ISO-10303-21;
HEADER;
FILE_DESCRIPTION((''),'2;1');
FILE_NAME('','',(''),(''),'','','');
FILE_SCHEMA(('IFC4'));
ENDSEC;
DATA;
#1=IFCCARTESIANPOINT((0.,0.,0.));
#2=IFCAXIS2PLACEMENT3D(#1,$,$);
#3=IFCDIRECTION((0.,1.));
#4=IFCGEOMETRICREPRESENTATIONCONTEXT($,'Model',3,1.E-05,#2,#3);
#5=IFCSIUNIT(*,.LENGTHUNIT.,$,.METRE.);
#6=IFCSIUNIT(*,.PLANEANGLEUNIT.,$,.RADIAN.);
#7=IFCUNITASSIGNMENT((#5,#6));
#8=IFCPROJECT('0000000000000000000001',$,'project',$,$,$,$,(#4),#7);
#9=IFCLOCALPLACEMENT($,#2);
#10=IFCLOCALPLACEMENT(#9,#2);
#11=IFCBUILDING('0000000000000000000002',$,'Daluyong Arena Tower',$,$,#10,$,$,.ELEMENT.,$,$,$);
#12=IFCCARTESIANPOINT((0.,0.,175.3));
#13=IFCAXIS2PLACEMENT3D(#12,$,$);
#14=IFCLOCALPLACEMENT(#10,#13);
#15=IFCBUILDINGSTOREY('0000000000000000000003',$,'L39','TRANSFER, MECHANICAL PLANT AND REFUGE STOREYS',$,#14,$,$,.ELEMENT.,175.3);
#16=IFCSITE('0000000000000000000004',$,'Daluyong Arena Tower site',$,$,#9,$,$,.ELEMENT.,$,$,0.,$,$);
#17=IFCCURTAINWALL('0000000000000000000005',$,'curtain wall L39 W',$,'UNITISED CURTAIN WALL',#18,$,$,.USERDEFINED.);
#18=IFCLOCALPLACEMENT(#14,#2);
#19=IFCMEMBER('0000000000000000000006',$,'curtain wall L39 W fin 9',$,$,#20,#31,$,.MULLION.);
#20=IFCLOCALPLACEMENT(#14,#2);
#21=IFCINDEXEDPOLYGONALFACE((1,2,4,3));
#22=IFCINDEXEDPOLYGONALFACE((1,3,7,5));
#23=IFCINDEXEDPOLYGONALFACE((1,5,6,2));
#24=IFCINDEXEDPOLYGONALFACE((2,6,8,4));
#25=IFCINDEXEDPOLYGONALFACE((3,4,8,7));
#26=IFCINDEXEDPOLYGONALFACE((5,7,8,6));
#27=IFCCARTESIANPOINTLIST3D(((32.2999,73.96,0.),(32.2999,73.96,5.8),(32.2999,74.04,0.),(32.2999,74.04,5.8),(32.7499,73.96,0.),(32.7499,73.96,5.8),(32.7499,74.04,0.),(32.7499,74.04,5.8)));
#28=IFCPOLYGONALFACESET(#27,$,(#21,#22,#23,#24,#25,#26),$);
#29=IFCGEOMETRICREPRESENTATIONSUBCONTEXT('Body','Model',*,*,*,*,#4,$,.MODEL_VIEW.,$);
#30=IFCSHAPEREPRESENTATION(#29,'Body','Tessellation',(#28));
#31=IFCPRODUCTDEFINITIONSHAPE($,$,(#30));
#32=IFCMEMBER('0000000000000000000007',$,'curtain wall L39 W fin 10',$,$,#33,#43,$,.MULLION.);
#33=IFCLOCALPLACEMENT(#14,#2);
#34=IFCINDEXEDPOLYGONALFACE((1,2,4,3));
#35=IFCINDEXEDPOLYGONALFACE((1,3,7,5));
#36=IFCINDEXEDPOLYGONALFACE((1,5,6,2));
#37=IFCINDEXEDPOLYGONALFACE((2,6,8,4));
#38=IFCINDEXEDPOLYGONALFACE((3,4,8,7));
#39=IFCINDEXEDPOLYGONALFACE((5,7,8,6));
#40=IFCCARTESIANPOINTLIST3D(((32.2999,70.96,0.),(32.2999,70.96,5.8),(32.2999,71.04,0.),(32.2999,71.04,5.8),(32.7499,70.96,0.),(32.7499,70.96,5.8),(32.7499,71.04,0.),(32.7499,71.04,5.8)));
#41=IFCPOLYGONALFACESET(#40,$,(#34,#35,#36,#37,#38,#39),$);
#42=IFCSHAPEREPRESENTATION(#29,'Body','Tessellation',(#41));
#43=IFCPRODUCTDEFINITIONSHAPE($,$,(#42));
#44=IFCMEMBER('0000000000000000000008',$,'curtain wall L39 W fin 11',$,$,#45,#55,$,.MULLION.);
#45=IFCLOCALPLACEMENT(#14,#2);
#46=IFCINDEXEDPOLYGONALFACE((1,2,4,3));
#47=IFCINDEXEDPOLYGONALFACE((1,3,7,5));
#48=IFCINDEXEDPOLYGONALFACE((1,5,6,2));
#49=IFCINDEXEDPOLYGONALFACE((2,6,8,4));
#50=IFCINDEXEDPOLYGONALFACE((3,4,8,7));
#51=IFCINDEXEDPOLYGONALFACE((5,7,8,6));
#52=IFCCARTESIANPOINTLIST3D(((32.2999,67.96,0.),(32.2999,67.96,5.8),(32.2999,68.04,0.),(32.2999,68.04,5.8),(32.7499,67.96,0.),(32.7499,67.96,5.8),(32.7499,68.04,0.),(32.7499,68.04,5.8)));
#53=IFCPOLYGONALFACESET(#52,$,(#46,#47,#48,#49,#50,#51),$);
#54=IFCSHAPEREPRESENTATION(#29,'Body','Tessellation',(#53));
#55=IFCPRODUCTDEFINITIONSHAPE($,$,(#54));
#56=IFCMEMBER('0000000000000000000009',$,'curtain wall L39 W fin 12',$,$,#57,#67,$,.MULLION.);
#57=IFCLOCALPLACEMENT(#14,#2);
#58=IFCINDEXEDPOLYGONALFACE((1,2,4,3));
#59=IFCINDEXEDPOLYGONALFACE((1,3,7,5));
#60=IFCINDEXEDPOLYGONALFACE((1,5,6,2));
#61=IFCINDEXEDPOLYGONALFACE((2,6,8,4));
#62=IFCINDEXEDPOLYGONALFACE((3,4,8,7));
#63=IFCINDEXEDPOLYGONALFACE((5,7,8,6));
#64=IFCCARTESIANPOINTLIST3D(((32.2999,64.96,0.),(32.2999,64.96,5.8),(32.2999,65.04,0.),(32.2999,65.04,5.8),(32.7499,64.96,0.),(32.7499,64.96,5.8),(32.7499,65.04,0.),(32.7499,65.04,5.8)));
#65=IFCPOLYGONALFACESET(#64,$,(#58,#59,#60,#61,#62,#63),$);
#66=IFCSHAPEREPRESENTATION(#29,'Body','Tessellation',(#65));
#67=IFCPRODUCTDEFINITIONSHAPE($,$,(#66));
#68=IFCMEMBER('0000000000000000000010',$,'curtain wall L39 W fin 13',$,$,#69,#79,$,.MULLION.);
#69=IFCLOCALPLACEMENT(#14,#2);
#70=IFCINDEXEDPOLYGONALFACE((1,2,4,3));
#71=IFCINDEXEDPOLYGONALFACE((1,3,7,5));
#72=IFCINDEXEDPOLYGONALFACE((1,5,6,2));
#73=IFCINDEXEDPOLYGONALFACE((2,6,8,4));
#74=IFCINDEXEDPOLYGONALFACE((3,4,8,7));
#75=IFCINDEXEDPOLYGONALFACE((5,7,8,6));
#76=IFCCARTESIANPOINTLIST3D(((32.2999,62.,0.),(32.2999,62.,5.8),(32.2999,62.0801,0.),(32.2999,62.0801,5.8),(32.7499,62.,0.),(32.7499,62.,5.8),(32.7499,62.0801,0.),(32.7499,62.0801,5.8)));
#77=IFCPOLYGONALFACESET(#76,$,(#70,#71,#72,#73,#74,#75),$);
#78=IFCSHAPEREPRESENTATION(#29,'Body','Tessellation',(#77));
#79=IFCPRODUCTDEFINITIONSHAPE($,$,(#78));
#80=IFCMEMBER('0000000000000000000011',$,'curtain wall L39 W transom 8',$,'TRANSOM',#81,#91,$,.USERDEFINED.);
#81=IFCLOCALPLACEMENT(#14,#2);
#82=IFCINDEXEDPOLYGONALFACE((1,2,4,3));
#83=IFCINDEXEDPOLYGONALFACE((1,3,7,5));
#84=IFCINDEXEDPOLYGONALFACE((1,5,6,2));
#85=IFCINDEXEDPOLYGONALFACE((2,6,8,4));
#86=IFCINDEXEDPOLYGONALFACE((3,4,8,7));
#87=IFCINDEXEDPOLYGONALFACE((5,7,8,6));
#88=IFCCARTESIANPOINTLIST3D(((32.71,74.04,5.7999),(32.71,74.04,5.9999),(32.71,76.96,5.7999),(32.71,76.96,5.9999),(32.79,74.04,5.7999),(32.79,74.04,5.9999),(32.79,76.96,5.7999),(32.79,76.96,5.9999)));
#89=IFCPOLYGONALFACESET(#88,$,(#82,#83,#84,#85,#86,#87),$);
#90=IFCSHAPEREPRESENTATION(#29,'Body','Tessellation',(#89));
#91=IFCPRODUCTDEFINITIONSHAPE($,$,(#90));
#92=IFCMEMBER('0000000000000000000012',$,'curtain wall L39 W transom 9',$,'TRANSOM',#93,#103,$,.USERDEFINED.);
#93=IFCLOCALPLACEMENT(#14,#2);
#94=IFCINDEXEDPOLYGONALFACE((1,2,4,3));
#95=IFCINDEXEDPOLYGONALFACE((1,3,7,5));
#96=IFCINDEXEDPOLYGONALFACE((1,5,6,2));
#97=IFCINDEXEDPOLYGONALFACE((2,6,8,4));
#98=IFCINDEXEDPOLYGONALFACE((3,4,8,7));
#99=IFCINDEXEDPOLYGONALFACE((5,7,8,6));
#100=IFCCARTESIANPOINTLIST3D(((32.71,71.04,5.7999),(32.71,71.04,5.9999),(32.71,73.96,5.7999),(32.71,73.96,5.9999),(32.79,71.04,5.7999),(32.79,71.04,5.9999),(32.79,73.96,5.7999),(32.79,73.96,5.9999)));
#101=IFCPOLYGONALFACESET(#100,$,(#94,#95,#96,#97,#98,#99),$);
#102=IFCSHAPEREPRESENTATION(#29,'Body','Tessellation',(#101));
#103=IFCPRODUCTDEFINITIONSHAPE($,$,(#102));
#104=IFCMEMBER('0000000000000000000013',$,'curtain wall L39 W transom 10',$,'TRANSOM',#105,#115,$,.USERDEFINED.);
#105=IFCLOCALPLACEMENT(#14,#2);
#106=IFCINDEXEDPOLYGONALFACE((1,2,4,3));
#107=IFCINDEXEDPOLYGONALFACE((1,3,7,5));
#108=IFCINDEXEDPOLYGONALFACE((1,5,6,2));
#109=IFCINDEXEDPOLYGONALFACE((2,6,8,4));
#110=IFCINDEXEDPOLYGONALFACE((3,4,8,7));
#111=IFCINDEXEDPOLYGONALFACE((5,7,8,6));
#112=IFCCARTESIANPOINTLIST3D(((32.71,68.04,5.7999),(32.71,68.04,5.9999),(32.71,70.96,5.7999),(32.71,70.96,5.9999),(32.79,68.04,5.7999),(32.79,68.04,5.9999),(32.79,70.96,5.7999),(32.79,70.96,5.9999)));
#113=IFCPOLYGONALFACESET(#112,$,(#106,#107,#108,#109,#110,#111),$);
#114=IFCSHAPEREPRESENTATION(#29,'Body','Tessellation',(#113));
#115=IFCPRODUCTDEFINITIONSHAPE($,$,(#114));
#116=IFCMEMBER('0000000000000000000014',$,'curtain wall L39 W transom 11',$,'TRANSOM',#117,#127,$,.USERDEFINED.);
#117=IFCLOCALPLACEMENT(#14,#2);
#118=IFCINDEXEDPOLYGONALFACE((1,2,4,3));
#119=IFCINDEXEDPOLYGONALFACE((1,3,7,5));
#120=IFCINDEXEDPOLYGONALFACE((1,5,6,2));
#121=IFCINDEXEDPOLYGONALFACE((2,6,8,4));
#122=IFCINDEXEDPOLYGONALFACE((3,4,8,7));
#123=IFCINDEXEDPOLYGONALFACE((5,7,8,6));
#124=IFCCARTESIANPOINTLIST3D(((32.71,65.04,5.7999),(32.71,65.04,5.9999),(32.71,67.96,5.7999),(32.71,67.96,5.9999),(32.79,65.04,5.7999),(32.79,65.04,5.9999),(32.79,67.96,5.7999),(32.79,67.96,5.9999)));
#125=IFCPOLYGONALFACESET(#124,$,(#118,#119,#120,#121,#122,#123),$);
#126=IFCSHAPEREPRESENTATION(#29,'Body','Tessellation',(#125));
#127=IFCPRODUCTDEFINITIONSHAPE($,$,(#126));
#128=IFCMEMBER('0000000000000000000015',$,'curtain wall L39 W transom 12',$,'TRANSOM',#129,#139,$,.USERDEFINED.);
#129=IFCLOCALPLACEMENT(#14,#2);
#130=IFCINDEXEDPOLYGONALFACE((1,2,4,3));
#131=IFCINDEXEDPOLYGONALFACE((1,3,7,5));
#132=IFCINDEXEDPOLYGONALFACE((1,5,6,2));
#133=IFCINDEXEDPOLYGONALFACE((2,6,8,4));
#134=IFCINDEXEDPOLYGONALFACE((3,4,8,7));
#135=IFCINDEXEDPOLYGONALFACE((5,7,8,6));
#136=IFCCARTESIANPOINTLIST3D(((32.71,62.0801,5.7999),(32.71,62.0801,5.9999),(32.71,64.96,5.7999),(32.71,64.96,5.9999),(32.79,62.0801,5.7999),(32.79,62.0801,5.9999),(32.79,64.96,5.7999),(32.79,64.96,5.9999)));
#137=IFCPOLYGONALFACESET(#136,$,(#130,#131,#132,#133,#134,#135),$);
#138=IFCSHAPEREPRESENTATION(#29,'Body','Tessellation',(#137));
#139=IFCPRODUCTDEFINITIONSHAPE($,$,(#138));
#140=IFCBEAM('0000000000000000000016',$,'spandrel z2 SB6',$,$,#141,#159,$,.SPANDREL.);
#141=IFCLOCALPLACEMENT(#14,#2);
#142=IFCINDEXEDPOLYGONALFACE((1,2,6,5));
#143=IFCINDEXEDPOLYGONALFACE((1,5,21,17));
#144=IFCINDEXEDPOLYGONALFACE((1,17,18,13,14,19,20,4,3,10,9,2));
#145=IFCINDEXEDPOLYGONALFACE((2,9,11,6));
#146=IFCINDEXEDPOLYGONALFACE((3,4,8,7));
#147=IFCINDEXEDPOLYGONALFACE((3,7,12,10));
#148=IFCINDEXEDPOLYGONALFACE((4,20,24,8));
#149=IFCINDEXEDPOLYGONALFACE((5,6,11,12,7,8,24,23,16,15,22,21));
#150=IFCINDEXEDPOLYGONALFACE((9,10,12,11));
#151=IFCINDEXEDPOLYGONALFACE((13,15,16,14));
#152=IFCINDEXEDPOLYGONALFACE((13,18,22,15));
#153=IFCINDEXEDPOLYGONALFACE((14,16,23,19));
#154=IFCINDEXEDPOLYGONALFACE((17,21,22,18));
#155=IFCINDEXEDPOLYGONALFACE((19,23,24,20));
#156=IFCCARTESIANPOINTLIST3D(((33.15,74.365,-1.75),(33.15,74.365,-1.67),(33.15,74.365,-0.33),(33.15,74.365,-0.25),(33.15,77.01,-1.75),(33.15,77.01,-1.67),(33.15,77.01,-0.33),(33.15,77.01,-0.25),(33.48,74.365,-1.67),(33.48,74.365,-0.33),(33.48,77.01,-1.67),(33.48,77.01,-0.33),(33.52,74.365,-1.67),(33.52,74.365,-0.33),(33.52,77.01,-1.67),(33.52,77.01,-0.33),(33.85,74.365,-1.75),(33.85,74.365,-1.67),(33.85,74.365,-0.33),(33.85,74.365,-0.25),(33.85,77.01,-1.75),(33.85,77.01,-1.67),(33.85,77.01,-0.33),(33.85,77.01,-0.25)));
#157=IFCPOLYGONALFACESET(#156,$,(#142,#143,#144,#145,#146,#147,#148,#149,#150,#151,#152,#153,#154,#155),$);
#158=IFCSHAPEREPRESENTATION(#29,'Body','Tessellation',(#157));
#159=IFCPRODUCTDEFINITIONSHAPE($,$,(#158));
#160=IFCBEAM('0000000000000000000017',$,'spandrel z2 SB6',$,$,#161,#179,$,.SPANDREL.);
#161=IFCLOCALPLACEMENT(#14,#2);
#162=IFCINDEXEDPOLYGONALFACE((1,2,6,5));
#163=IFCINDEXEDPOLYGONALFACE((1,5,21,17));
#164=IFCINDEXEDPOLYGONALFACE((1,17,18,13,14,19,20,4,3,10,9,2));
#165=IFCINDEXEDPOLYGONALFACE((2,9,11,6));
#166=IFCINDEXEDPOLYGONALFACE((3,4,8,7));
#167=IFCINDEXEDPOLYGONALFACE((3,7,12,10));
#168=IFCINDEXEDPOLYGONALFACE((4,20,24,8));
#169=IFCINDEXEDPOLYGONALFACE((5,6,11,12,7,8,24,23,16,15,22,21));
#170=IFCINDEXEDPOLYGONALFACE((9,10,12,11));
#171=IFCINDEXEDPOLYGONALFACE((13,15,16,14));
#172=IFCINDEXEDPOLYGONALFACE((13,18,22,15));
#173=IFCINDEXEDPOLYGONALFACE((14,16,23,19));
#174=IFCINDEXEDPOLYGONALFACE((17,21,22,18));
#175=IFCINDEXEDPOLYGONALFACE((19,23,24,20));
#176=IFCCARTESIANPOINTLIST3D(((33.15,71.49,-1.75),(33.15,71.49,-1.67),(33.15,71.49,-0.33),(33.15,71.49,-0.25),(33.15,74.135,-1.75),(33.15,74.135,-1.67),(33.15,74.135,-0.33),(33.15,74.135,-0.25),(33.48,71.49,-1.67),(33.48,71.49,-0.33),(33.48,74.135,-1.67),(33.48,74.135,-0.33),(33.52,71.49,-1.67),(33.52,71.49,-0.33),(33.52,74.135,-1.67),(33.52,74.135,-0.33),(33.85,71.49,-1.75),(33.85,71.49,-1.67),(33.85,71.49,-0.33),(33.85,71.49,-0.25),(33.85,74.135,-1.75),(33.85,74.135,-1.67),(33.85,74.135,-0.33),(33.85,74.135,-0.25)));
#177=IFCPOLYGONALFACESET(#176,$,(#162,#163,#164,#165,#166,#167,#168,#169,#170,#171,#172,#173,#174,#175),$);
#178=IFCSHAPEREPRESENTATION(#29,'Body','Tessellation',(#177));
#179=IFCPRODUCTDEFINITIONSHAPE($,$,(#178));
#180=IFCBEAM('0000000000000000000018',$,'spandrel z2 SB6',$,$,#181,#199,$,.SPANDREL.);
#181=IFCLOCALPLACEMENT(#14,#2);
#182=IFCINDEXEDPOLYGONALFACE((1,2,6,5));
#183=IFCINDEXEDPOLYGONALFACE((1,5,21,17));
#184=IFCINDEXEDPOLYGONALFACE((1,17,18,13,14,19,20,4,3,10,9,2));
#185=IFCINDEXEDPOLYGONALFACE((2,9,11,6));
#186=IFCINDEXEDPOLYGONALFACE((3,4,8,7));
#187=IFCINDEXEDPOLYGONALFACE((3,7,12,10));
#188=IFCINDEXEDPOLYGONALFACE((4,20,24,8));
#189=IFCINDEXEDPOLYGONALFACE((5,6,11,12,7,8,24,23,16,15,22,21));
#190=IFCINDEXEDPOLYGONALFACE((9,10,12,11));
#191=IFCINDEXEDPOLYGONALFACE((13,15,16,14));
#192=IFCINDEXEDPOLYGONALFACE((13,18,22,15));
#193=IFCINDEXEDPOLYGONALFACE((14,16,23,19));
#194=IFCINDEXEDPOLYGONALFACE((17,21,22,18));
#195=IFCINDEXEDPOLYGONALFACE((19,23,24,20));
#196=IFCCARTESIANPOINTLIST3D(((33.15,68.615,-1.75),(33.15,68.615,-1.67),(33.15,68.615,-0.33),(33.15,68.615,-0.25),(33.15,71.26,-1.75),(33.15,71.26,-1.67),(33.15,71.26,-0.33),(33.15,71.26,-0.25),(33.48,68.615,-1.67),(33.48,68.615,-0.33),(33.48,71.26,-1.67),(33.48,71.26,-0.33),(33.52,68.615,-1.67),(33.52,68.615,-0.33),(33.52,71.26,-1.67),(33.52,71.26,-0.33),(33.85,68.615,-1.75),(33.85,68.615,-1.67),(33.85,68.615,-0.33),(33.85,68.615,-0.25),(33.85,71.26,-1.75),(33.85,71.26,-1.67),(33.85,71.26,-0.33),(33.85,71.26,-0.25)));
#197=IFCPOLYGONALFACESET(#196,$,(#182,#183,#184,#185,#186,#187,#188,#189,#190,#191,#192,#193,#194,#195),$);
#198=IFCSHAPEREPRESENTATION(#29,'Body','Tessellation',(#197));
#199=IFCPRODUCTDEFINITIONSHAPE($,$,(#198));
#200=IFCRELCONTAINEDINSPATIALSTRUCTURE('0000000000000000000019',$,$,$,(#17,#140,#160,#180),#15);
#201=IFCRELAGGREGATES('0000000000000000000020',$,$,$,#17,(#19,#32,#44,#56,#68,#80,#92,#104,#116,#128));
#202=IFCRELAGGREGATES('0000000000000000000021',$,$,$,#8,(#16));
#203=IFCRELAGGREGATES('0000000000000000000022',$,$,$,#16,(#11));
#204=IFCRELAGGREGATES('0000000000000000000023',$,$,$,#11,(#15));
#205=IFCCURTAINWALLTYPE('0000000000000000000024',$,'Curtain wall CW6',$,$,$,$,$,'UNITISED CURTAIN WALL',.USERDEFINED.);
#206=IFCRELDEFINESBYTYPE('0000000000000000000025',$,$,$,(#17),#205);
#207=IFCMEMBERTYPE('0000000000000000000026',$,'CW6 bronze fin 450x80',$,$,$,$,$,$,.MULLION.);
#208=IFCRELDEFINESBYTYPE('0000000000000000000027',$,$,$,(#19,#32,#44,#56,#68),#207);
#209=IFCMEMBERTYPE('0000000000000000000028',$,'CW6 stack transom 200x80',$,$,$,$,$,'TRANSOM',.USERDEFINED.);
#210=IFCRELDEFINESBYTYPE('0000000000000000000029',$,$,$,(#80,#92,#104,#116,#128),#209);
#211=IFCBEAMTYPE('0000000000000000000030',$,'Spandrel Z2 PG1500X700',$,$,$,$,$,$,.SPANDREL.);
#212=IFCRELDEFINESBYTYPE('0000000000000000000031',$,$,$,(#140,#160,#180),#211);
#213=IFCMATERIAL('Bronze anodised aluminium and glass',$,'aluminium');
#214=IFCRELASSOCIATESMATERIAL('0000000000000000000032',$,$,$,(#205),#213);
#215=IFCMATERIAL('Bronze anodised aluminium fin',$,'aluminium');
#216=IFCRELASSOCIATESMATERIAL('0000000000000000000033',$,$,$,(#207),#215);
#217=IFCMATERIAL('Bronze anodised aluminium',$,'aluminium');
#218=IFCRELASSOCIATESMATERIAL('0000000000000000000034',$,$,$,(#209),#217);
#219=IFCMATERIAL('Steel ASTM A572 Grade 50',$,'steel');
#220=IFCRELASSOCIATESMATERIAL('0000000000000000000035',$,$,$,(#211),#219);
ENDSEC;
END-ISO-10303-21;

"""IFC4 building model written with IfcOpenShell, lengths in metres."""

from ifc_helpers import new_model, si_unit, direction, frame, origin, origin_2d, place, context, subcontext, project, spatial, rectangle, i_section, extrude, material, material_profile, profile_set, type_object, element, aggregate, save


model = new_model("IFC4")

# Units and contexts
model_context = context("Model", 3, precision=1e-05, world=origin(), true_north=direction((0.0, 1.0)))
body_context = subcontext(model_context, "Body", "Model", "MODEL_VIEW")
ifc_project = project(units=[si_unit("LENGTHUNIT", "METRE"), si_unit("PLANEANGLEUNIT", "RADIAN")], contexts=[model_context])

# Site, building, storey
site_placement = place(None, origin())
site = spatial("IfcSite", under=ifc_project, at=site_placement, Name="Daluyong Arena Tower site", CompositionType="ELEMENT", RefElevation=0.0)
building_placement = place(site_placement, origin())
building = spatial("IfcBuilding", under=site, at=building_placement, Name="Daluyong Arena Tower", CompositionType="ELEMENT")
storey_placement = place(building_placement, frame((0.0, 0.0, 175.3)))
storey = spatial("IfcBuildingStorey", under=building, at=storey_placement, Name="L39", Description="TRANSFER, MECHANICAL PLANT AND REFUGE STOREYS", CompositionType="ELEMENT", Elevation=175.3)

# Curtain wall, members
ifc_material_1 = material(Name="Bronze anodised aluminium and glass", Category="aluminium")
curtain_wall_type = type_object("IfcCurtainWallType", Name="Curtain wall CW6", ElementType="UNITISED CURTAIN WALL", PredefinedType="USERDEFINED", material=ifc_material_1)
curtain_wall_placement = place(storey_placement, origin())
curtain_wall = element("IfcCurtainWall", 1, at=curtain_wall_placement, inside=storey, type_object=curtain_wall_type, Name="curtain wall L39 W", ObjectType="UNITISED CURTAIN WALL", PredefinedType="USERDEFINED")
ifc_material_2 = material(Name="Bronze anodised aluminium fin", Category="aluminium")
ifc_material_profile_1 = material_profile(ifc_material_2, rectangle(XDim=0.45, YDim=0.0801, at=origin_2d()))
ifc_profile_set_1 = profile_set([ifc_material_profile_1], Name="Bronze anodised aluminium fin")
member_type_1 = type_object("IfcMemberType", Name="CW6 bronze fin 450x80", PredefinedType="MULLION", material=ifc_profile_set_1)
member_1_placement = place(storey_placement, frame((32.5249, 74.0, 0.0), z_axis=(0.0, 0.0, 1.0), x_axis=(1.0, 0.0, 0.0)))
member_1 = element("IfcMember", 2, at=member_1_placement, type_object=member_type_1, Name="curtain wall L39 W fin 9", PredefinedType="MULLION", context=body_context, shape_type="SweptSolid", body=[
    extrude(rectangle(XDim=0.45, YDim=0.0801, at=origin_2d()), origin(), (0.0, 0.0, 1.0), 5.8),
])
member_2_placement = place(storey_placement, frame((32.5249, 71.0, 0.0), z_axis=(0.0, 0.0, 1.0), x_axis=(1.0, 0.0, 0.0)))
member_2 = element("IfcMember", 3, at=member_2_placement, type_object=member_type_1, Name="curtain wall L39 W fin 10", PredefinedType="MULLION", context=body_context, shape_type="SweptSolid", body=[
    extrude(rectangle(XDim=0.45, YDim=0.0801, at=origin_2d()), origin(), (0.0, 0.0, 1.0), 5.8),
])
member_3_placement = place(storey_placement, frame((32.5249, 68.0, 0.0), z_axis=(0.0, 0.0, 1.0), x_axis=(1.0, 0.0, 0.0)))
member_3 = element("IfcMember", 4, at=member_3_placement, type_object=member_type_1, Name="curtain wall L39 W fin 11", PredefinedType="MULLION", context=body_context, shape_type="SweptSolid", body=[
    extrude(rectangle(XDim=0.45, YDim=0.0801, at=origin_2d()), origin(), (0.0, 0.0, 1.0), 5.8),
])
member_4_placement = place(storey_placement, frame((32.5249, 65.0, 0.0), z_axis=(0.0, 0.0, 1.0), x_axis=(1.0, 0.0, 0.0)))
member_4 = element("IfcMember", 5, at=member_4_placement, type_object=member_type_1, Name="curtain wall L39 W fin 12", PredefinedType="MULLION", context=body_context, shape_type="SweptSolid", body=[
    extrude(rectangle(XDim=0.45, YDim=0.0801, at=origin_2d()), origin(), (0.0, 0.0, 1.0), 5.8),
])
member_5_placement = place(storey_placement, frame((32.5249, 62.04, 0.0), z_axis=(0.0, 0.0, 1.0), x_axis=(1.0, 0.0, 0.0)))
member_5 = element("IfcMember", 6, at=member_5_placement, type_object=member_type_1, Name="curtain wall L39 W fin 13", PredefinedType="MULLION", context=body_context, shape_type="SweptSolid", body=[
    extrude(rectangle(XDim=0.45, YDim=0.0801, at=origin_2d()), origin(), (0.0, 0.0, 1.0), 5.8),
])
ifc_material_3 = material(Name="Bronze anodised aluminium", Category="aluminium")
ifc_material_profile_2 = material_profile(ifc_material_3, rectangle(XDim=0.0801, YDim=0.2, at=origin_2d()))
ifc_profile_set_2 = profile_set([ifc_material_profile_2], Name="Bronze anodised aluminium")
member_type_2 = type_object("IfcMemberType", Name="CW6 stack transom 200x80", ElementType="TRANSOM", PredefinedType="USERDEFINED", material=ifc_profile_set_2)
member_6_placement = place(storey_placement, frame((32.75, 76.96, 5.8999), z_axis=(0.0, -1.0, 0.0), x_axis=(1.0, 0.0, 0.0)))
member_6 = element("IfcMember", 7, at=member_6_placement, type_object=member_type_2, Name="curtain wall L39 W transom 8", ObjectType="TRANSOM", PredefinedType="USERDEFINED", context=body_context, shape_type="SweptSolid", body=[
    extrude(rectangle(XDim=0.0801, YDim=0.2, at=origin_2d()), origin(), (0.0, 0.0, 1.0), 2.9199),
])
member_7_placement = place(storey_placement, frame((32.75, 73.96, 5.8999), z_axis=(0.0, -1.0, 0.0), x_axis=(1.0, 0.0, 0.0)))
member_7 = element("IfcMember", 8, at=member_7_placement, type_object=member_type_2, Name="curtain wall L39 W transom 9", ObjectType="TRANSOM", PredefinedType="USERDEFINED", context=body_context, shape_type="SweptSolid", body=[
    extrude(rectangle(XDim=0.0801, YDim=0.2, at=origin_2d()), origin(), (0.0, 0.0, 1.0), 2.9199),
])
member_8_placement = place(storey_placement, frame((32.75, 70.96, 5.8999), z_axis=(0.0, -1.0, 0.0), x_axis=(1.0, 0.0, 0.0)))
member_8 = element("IfcMember", 9, at=member_8_placement, type_object=member_type_2, Name="curtain wall L39 W transom 10", ObjectType="TRANSOM", PredefinedType="USERDEFINED", context=body_context, shape_type="SweptSolid", body=[
    extrude(rectangle(XDim=0.0801, YDim=0.2, at=origin_2d()), origin(), (0.0, 0.0, 1.0), 2.9199),
])
member_9_placement = place(storey_placement, frame((32.75, 67.96, 5.8999), z_axis=(0.0, -1.0, 0.0), x_axis=(1.0, 0.0, 0.0)))
member_9 = element("IfcMember", 10, at=member_9_placement, type_object=member_type_2, Name="curtain wall L39 W transom 11", ObjectType="TRANSOM", PredefinedType="USERDEFINED", context=body_context, shape_type="SweptSolid", body=[
    extrude(rectangle(XDim=0.0801, YDim=0.2, at=origin_2d()), origin(), (0.0, 0.0, 1.0), 2.9199),
])
member_10_placement = place(storey_placement, frame((32.75, 64.96, 5.8999), z_axis=(0.0, -1.0, 0.0), x_axis=(1.0, 0.0, 0.0)))
member_10 = element("IfcMember", 11, at=member_10_placement, type_object=member_type_2, Name="curtain wall L39 W transom 12", ObjectType="TRANSOM", PredefinedType="USERDEFINED", context=body_context, shape_type="SweptSolid", body=[
    extrude(rectangle(XDim=0.0801, YDim=0.2, at=origin_2d()), origin(), (0.0, 0.0, 1.0), 2.8799),
])

# Beams
ifc_material_4 = material(Name="Steel ASTM A572 Grade 50", Category="steel")
ifc_material_profile_3 = material_profile(ifc_material_4, i_section(OverallWidth=0.7, OverallDepth=1.5, WebThickness=0.04, FlangeThickness=0.08, at=origin_2d()))
ifc_profile_set_3 = profile_set([ifc_material_profile_3], Name="Steel ASTM A572 Grade 50")
beam_type = type_object("IfcBeamType", Name="Spandrel Z2 PG1500X700", PredefinedType="SPANDREL", material=ifc_profile_set_3)
for number, where, z_axis, x_axis, name in (
    (12, (33.5, 77.01, -1.0), (0.0, -1.0, 0.0), (1.0, 0.0, 0.0), "spandrel z2 SB6"),
    (13, (33.5, 74.135, -1.0), (0.0, -1.0, 0.0), (1.0, 0.0, 0.0), "spandrel z2 SB6"),
    (14, (33.5, 71.26, -1.0), (0.0, -1.0, 0.0), (1.0, 0.0, 0.0), "spandrel z2 SB6"),
):
    element("IfcBeam", number, at=place(storey_placement, frame(where, z_axis=z_axis, x_axis=x_axis)), inside=storey, type_object=beam_type, Name=name, PredefinedType="SPANDREL", context=body_context, shape_type="SweptSolid", body=[
        extrude(i_section(OverallWidth=0.7, OverallDepth=1.5, WebThickness=0.04, FlangeThickness=0.08, at=origin_2d()), origin(), (0.0, 0.0, 1.0), 2.645),
    ])

aggregate(curtain_wall, [member_1, member_2, member_3, member_4, member_5, member_6, member_7, member_8, member_9, member_10])

save(model, "model.ifc")
